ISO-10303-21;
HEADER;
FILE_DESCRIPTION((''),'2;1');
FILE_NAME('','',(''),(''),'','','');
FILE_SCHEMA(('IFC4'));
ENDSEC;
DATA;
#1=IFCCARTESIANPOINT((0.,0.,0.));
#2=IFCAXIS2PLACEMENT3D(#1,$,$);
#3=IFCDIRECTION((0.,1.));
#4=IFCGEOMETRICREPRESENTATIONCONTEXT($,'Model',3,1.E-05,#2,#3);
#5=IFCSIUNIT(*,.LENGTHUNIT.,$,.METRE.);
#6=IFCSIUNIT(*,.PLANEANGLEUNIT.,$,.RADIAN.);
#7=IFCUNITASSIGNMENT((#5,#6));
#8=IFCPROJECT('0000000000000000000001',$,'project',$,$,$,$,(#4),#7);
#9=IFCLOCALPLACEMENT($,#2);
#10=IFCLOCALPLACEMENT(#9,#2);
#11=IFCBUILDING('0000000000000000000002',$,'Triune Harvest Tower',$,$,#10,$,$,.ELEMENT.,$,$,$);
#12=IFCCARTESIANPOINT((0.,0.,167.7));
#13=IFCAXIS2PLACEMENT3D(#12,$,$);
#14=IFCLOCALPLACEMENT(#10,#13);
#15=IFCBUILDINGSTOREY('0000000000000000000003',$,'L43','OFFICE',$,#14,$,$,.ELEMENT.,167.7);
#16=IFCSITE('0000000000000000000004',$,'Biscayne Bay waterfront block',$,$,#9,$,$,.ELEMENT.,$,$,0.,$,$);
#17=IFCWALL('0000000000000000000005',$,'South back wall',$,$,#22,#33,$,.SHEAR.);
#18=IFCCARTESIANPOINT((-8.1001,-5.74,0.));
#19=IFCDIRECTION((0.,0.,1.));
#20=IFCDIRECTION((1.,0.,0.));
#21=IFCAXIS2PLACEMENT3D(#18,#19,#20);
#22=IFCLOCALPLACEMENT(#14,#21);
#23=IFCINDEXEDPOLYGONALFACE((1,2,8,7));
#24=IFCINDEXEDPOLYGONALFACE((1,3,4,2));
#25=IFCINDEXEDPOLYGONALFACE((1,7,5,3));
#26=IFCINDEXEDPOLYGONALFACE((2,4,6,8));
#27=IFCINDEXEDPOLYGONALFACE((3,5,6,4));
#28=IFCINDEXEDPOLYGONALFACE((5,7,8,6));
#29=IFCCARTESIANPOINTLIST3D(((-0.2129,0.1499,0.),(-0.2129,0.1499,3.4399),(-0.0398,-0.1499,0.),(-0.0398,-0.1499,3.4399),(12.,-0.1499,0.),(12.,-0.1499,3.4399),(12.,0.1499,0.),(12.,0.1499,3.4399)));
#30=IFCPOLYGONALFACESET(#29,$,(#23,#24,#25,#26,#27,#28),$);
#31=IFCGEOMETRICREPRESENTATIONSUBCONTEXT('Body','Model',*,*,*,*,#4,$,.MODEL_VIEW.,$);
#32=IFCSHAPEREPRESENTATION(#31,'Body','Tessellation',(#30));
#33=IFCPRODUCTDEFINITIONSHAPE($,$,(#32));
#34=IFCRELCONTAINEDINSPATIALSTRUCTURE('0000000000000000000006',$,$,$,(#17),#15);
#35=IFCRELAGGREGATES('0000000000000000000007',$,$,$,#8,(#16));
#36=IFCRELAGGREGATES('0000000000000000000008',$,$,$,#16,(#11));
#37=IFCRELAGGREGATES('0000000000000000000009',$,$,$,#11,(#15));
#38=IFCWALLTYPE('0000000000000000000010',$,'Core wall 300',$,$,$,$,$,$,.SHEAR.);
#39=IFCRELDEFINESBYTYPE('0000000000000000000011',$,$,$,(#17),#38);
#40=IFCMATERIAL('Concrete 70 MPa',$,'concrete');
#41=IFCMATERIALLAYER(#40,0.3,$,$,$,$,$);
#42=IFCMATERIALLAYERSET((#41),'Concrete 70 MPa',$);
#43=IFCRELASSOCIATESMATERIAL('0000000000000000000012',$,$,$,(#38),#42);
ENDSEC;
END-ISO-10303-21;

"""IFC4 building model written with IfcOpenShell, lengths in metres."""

from ifc_helpers import new_model, si_unit, direction, frame, origin, place, context, subcontext, project, spatial, polyline, outline, extrude, source, transform, mapped, material, layer, layer_set, type_object, element, save


model = new_model("IFC4")

# Units and contexts
model_context = context("Model", 3, precision=1e-05, world=origin(), true_north=direction((0.0, 1.0)))
body_context = subcontext(model_context, "Body", "Model", "MODEL_VIEW")
ifc_project = project(units=[si_unit("LENGTHUNIT", "METRE"), si_unit("PLANEANGLEUNIT", "RADIAN")], contexts=[model_context])

# Site, building, storey
site_placement = place(None, origin())
site = spatial("IfcSite", under=ifc_project, at=site_placement, Name="Biscayne Bay waterfront block", CompositionType="ELEMENT", RefElevation=0.0)
building_placement = place(site_placement, origin())
building = spatial("IfcBuilding", under=site, at=building_placement, Name="Triune Harvest Tower", CompositionType="ELEMENT")
storey_placement = place(building_placement, frame((0.0, 0.0, 167.7)))
storey = spatial("IfcBuildingStorey", under=building, at=storey_placement, Name="L43", Description="OFFICE", CompositionType="ELEMENT", Elevation=167.7)

# Shared definitions
ifc_material_1 = material(Name="Concrete 70 MPa", Category="concrete")
ifc_layer_1 = layer(ifc_material_1, 0.3)
ifc_layer_set_1 = layer_set([ifc_layer_1], Name="Concrete 70 MPa")
wall_type_1 = type_object("IfcWallType", Name="Core wall 300", PredefinedType="SHEAR", material=ifc_layer_set_1)

# Wall
shared_shape_1 = source(origin(), body_context, "Body", "SweptSolid", [
    extrude(outline(polyline([(12.0, -0.1499), (-0.0398, -0.1499), (-0.2129, 0.1499), (12.0, 0.1499), (12.0, -0.1499)])), origin(), (0.0, 0.0, 1.0), 3.4399),
])
wall_1_placement = place(storey_placement, frame((-8.1001, -5.74, 0.0), z_axis=(0.0, 0.0, 1.0), x_axis=(1.0, 0.0, 0.0)))
element("IfcWall", 1, at=wall_1_placement, inside=storey, type_object=wall_type_1, Name="South back wall", PredefinedType="SHEAR", context=body_context, shape_type="MappedRepresentation", body=[
    mapped(shared_shape_1, transform((0.0, 0.0, 0.0), scale=1.0)),
])

save(model, "model.ifc")
